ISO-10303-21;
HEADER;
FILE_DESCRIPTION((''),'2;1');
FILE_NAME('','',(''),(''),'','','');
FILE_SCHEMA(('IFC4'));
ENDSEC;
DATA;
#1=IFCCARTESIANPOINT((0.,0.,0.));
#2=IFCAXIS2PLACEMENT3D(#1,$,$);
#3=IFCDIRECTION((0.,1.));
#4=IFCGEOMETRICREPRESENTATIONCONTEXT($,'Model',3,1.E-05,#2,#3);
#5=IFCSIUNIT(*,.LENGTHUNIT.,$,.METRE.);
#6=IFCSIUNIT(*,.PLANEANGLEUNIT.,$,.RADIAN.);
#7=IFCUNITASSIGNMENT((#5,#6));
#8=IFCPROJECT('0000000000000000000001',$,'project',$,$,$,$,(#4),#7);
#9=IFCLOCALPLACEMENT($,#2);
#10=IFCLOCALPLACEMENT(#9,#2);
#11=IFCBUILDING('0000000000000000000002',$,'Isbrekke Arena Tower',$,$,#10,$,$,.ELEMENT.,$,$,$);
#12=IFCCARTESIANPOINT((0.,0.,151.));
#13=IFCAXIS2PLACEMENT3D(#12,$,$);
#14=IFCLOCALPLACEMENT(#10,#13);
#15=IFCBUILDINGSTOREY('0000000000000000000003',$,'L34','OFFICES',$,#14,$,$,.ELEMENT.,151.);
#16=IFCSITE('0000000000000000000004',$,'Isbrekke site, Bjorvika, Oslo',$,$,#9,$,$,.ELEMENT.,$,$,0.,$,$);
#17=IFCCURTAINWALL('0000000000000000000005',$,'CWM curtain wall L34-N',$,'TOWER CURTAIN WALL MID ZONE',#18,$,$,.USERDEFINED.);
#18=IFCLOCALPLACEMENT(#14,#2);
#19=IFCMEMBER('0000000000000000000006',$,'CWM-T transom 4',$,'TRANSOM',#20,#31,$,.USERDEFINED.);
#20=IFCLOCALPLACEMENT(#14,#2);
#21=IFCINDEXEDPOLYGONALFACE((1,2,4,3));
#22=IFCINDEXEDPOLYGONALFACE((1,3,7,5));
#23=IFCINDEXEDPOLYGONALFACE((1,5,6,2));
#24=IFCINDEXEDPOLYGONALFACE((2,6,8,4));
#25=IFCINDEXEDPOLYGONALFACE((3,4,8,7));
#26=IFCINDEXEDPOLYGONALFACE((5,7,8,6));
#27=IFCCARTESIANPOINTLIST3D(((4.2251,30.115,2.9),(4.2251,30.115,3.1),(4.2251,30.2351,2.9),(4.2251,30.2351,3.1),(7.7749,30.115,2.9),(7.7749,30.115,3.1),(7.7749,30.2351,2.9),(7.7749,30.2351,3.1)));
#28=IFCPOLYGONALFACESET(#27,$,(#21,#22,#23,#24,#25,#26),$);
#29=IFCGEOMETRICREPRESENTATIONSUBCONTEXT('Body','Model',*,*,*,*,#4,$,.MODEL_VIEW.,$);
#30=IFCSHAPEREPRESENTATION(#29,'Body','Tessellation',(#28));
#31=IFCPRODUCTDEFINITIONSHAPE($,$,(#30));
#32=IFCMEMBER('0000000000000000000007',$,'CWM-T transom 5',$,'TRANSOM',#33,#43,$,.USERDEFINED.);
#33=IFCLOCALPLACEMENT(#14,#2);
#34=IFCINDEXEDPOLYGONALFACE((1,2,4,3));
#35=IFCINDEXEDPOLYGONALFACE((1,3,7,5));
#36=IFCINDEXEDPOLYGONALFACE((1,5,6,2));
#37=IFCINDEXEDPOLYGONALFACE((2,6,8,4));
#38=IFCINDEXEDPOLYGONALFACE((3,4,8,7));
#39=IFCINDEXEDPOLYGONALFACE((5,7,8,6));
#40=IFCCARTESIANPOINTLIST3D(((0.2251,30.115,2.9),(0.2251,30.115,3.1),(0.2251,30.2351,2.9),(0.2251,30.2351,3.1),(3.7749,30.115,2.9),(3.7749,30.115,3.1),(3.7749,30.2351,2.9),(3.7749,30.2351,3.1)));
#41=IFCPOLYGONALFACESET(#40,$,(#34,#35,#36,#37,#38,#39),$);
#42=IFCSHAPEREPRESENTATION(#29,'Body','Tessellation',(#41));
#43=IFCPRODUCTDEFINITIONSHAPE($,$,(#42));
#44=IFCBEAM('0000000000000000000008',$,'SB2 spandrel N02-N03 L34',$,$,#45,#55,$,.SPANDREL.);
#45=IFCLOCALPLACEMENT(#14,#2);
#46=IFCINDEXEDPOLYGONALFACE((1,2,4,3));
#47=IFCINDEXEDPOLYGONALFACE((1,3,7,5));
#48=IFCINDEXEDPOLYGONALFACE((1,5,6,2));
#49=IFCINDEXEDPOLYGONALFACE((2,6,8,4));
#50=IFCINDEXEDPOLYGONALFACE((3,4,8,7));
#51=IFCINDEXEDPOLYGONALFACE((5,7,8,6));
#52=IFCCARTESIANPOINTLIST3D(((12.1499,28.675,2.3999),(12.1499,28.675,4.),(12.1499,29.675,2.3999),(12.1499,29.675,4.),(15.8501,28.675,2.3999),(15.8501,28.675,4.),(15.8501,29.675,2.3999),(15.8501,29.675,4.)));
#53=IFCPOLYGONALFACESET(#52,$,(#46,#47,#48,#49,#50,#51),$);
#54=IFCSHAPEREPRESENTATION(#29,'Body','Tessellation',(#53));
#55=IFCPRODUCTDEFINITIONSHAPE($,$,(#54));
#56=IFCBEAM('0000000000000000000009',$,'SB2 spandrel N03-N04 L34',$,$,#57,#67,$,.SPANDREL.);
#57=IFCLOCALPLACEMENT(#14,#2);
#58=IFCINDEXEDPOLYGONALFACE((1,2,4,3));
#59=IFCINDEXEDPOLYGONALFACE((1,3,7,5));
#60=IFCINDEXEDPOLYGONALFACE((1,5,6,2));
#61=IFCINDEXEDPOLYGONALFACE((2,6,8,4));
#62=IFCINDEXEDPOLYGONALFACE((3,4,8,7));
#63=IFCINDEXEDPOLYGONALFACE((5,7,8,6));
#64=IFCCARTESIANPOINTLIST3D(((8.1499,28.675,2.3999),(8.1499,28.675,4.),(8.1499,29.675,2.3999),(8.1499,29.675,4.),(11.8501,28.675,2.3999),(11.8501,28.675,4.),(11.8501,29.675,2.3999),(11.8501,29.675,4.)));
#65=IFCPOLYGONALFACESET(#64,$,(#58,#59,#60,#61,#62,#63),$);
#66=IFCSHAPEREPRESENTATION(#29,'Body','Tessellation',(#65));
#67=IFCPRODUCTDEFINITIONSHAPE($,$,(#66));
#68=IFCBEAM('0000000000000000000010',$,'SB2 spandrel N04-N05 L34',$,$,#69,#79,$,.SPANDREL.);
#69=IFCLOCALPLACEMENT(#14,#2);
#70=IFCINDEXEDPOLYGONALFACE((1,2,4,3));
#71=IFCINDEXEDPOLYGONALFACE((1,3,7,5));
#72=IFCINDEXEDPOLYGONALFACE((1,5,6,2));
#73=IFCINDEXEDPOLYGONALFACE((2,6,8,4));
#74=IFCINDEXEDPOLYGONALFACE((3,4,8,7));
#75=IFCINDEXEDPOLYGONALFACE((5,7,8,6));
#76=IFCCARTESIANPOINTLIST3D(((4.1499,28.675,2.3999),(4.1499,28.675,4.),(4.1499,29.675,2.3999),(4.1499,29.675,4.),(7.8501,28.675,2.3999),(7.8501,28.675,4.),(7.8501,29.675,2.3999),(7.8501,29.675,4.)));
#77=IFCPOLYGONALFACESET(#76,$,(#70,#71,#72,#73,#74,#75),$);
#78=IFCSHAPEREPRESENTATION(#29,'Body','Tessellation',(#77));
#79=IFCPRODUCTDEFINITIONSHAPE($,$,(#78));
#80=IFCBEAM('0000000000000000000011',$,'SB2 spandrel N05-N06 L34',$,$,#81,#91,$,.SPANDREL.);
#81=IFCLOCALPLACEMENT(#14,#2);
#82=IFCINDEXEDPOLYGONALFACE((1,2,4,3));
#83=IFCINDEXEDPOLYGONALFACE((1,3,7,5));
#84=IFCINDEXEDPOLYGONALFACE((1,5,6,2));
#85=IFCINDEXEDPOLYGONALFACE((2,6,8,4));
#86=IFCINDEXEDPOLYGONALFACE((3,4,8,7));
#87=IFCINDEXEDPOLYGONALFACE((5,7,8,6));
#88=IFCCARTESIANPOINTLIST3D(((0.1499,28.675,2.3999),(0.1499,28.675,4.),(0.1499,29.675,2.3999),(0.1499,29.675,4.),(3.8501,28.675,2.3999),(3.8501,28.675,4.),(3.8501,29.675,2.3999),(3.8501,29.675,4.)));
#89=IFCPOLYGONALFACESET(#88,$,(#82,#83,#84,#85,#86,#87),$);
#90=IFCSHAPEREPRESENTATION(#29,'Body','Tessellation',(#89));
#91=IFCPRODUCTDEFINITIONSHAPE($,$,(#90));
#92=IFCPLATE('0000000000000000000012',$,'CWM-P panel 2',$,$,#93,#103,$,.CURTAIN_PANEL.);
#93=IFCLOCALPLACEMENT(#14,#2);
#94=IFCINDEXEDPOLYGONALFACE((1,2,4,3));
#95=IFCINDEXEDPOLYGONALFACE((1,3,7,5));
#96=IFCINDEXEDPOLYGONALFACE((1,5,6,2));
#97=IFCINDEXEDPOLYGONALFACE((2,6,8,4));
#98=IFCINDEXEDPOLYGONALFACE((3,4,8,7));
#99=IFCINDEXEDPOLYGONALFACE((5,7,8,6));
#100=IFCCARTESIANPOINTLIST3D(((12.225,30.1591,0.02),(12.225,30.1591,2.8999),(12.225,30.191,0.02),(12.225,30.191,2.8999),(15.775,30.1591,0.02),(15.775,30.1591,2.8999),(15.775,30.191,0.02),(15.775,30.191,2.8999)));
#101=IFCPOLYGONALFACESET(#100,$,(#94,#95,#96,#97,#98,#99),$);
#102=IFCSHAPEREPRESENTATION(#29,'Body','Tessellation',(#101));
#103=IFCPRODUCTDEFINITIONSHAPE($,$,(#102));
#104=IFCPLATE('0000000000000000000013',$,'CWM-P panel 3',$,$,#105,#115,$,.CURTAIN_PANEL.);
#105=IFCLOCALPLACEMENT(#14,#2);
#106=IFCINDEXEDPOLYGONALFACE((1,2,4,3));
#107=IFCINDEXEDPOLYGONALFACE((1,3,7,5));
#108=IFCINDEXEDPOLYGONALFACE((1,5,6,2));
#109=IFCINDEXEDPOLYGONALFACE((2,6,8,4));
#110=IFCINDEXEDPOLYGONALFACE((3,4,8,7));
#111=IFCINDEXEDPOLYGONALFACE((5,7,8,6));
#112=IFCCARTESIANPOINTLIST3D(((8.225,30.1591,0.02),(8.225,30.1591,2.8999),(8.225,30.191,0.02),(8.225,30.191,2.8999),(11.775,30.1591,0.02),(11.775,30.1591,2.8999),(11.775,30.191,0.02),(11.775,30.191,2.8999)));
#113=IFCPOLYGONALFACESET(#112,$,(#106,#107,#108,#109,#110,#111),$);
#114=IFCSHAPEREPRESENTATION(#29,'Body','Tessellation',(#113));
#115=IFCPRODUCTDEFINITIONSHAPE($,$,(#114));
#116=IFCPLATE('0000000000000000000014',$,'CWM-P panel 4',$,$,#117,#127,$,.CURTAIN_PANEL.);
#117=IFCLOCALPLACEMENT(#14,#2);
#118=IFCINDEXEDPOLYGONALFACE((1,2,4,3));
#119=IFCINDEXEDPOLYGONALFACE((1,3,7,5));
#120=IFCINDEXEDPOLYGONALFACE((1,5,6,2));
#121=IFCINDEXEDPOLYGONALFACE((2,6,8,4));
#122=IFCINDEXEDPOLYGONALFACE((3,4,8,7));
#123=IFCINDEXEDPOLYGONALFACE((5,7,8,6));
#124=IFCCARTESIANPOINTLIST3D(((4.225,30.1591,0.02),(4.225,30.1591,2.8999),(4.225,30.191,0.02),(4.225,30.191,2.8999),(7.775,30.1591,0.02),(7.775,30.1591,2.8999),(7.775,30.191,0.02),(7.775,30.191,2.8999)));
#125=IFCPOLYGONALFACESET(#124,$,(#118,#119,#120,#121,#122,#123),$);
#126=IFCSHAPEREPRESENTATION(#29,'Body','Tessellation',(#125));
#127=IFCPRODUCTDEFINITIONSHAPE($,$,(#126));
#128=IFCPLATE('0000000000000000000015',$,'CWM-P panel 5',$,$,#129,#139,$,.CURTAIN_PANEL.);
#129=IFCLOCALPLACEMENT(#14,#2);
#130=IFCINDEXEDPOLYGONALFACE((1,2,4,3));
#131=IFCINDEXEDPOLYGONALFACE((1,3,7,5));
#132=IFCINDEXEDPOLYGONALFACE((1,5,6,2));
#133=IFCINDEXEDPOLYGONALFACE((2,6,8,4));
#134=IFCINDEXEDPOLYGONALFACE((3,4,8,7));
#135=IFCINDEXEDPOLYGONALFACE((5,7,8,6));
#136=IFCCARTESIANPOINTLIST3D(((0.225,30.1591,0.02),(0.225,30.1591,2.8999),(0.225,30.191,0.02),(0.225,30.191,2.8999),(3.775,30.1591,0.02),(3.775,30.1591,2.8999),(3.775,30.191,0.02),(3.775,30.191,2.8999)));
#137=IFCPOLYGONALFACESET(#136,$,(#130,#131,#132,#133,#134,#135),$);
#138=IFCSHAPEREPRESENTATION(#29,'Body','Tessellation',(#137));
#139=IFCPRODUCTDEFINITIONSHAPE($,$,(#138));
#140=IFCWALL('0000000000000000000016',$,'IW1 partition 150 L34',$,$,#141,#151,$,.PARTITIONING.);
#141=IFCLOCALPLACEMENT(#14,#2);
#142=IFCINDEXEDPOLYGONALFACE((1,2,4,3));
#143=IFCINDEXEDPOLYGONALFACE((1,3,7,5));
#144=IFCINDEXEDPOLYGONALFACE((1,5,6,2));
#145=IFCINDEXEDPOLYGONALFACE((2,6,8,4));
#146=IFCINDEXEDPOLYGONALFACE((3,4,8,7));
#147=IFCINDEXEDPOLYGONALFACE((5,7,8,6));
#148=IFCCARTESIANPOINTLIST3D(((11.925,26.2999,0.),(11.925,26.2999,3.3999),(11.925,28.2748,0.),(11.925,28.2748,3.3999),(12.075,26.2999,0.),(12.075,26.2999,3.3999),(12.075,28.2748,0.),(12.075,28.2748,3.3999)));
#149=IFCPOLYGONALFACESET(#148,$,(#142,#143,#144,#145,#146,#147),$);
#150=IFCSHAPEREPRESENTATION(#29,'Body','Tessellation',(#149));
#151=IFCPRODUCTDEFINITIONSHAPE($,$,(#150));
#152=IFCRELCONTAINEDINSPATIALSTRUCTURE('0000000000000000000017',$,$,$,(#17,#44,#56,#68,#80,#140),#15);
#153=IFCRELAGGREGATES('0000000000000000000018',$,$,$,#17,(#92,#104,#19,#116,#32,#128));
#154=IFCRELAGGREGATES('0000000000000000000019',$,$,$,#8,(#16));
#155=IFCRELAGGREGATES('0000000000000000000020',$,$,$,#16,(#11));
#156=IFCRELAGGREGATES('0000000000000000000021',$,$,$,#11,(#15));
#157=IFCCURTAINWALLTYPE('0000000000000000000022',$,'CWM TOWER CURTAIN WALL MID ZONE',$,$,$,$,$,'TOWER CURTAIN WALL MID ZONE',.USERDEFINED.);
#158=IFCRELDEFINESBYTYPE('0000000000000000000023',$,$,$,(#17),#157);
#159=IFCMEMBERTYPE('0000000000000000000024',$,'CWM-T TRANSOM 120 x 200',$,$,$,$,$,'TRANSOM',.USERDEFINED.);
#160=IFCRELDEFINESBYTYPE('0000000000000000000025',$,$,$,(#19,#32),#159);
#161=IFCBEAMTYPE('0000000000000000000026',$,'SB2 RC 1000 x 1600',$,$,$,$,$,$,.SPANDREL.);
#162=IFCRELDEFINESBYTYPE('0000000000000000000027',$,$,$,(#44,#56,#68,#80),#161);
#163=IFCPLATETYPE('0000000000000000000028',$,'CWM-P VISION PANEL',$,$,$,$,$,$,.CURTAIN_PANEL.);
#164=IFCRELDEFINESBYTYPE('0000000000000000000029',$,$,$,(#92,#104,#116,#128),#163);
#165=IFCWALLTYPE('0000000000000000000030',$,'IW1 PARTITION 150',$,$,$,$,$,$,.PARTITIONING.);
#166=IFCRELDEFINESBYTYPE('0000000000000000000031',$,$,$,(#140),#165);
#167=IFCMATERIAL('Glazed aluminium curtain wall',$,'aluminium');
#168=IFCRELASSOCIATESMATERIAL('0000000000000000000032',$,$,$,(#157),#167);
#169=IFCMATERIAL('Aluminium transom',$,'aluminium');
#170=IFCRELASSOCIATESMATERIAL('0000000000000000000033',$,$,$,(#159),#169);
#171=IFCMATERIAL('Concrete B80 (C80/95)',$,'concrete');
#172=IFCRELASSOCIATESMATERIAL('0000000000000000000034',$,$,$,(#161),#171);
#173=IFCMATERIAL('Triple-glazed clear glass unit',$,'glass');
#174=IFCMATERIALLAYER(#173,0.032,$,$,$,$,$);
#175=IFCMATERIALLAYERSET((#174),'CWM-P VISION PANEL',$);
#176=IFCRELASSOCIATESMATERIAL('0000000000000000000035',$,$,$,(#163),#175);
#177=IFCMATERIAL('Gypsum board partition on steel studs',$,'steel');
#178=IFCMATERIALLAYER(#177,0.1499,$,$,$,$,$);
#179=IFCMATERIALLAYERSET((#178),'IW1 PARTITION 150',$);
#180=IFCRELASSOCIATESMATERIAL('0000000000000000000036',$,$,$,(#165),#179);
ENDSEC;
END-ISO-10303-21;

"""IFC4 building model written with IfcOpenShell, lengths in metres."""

from ifc_helpers import new_model, si_unit, direction, frame, frame_2d, origin, origin_2d, place, context, subcontext, project, spatial, rectangle, extrude, material, layer, layer_set, material_profile, profile_set, type_object, element, aggregate, save


model = new_model("IFC4")

# Units and contexts
model_context = context("Model", 3, precision=1e-05, world=origin(), true_north=direction((0.0, 1.0)))
body_context = subcontext(model_context, "Body", "Model", "MODEL_VIEW")
ifc_project = project(units=[si_unit("LENGTHUNIT", "METRE"), si_unit("PLANEANGLEUNIT", "RADIAN")], contexts=[model_context])

# Site, building, storey
site_placement = place(None, origin())
site = spatial("IfcSite", under=ifc_project, at=site_placement, Name="Isbrekke site, Bjorvika, Oslo", CompositionType="ELEMENT", RefElevation=0.0)
building_placement = place(site_placement, origin())
building = spatial("IfcBuilding", under=site, at=building_placement, Name="Isbrekke Arena Tower", CompositionType="ELEMENT")
storey_placement = place(building_placement, frame((0.0, 0.0, 151.0)))
storey = spatial("IfcBuildingStorey", under=building, at=storey_placement, Name="L34", Description="OFFICES", CompositionType="ELEMENT", Elevation=151.0)

# Curtain wall, members
ifc_material_1 = material(Name="Glazed aluminium curtain wall", Category="aluminium")
curtain_wall_type = type_object("IfcCurtainWallType", Name="CWM TOWER CURTAIN WALL MID ZONE", ElementType="TOWER CURTAIN WALL MID ZONE", PredefinedType="USERDEFINED", material=ifc_material_1)
curtain_wall_placement = place(storey_placement, origin())
curtain_wall = element("IfcCurtainWall", 1, at=curtain_wall_placement, inside=storey, type_object=curtain_wall_type, Name="CWM curtain wall L34-N", ObjectType="TOWER CURTAIN WALL MID ZONE", PredefinedType="USERDEFINED")
ifc_material_2 = material(Name="Aluminium transom", Category="aluminium")
ifc_material_profile_1 = material_profile(ifc_material_2, rectangle(XDim=0.1201, YDim=0.2, at=origin_2d()), Name="TRANSOM 120X200")
ifc_profile_set_1 = profile_set([ifc_material_profile_1], Name="Aluminium transom")
member_type_1 = type_object("IfcMemberType", Name="CWM-T TRANSOM 120 x 200", ElementType="TRANSOM", PredefinedType="USERDEFINED", material=ifc_profile_set_1)
member_1_placement = place(storey_placement, frame((7.7749, 30.175, 3.0), z_axis=(-1.0, 0.0, 0.0), x_axis=(0.0, -1.0, 0.0)))
member_1 = element("IfcMember", 2, at=member_1_placement, type_object=member_type_1, Name="CWM-T transom 4", ObjectType="TRANSOM", PredefinedType="USERDEFINED", context=body_context, shape_type="SweptSolid", body=[
    extrude(rectangle(XDim=0.1201, YDim=0.2, at=origin_2d()), origin(), (0.0, 0.0, 1.0), 3.5498),
])
member_2_placement = place(storey_placement, frame((3.7749, 30.175, 3.0), z_axis=(-1.0, 0.0, 0.0), x_axis=(0.0, -1.0, 0.0)))
member_2 = element("IfcMember", 3, at=member_2_placement, type_object=member_type_1, Name="CWM-T transom 5", ObjectType="TRANSOM", PredefinedType="USERDEFINED", context=body_context, shape_type="SweptSolid", body=[
    extrude(rectangle(XDim=0.1201, YDim=0.2, at=origin_2d()), origin(), (0.0, 0.0, 1.0), 3.5498),
])

# Beams
ifc_material_3 = material(Name="Concrete B80 (C80/95)", Category="concrete")
ifc_material_profile_2 = material_profile(ifc_material_3, rectangle(XDim=1.0, YDim=1.6001, at=origin_2d()), Name="RC 1000x1600")
ifc_profile_set_2 = profile_set([ifc_material_profile_2], Name="Concrete B80 (C80/95)")
beam_type_1 = type_object("IfcBeamType", Name="SB2 RC 1000 x 1600", PredefinedType="SPANDREL", material=ifc_profile_set_2)
for number, where, z_axis, x_axis, name in (
    (4, (15.8501, 29.175, 3.2), (-1.0, 0.0, 0.0), (0.0, -1.0, 0.0), "SB2 spandrel N02-N03 L34"),
    (5, (11.8501, 29.175, 3.2), (-1.0, 0.0, 0.0), (0.0, -1.0, 0.0), "SB2 spandrel N03-N04 L34"),
    (6, (7.8501, 29.175, 3.2), (-1.0, 0.0, 0.0), (0.0, -1.0, 0.0), "SB2 spandrel N04-N05 L34"),
    (7, (3.8501, 29.175, 3.2), (-1.0, 0.0, 0.0), (0.0, -1.0, 0.0), "SB2 spandrel N05-N06 L34"),
):
    element("IfcBeam", number, at=place(storey_placement, frame(where, z_axis=z_axis, x_axis=x_axis)), inside=storey, type_object=beam_type_1, Name=name, PredefinedType="SPANDREL", context=body_context, shape_type="SweptSolid", body=[
        extrude(rectangle(XDim=1.0, YDim=1.6001, at=origin_2d()), origin(), (0.0, 0.0, 1.0), 3.7002),
    ])

# Plates
ifc_material_4 = material(Name="Triple-glazed clear glass unit", Category="glass")
ifc_layer_1 = layer(ifc_material_4, 0.032)
ifc_layer_set_1 = layer_set([ifc_layer_1], Name="CWM-P VISION PANEL")
plate_type = type_object("IfcPlateType", Name="CWM-P VISION PANEL", PredefinedType="CURTAIN_PANEL", material=ifc_layer_set_1)
plate_1_placement = place(storey_placement, frame((14.0, 30.175, 0.02), z_axis=(0.0, 0.0, 1.0), x_axis=(-1.0, 0.0, 0.0)))
plate_1 = element("IfcPlate", 8, at=plate_1_placement, type_object=plate_type, Name="CWM-P panel 2", PredefinedType="CURTAIN_PANEL", context=body_context, shape_type="SweptSolid", body=[
    extrude(rectangle(XDim=3.55, YDim=0.032, at=origin_2d()), origin(), (0.0, 0.0, 1.0), 2.8799),
])
plate_2_placement = place(storey_placement, frame((10.0, 30.175, 0.02), z_axis=(0.0, 0.0, 1.0), x_axis=(-1.0, 0.0, 0.0)))
plate_2 = element("IfcPlate", 9, at=plate_2_placement, type_object=plate_type, Name="CWM-P panel 3", PredefinedType="CURTAIN_PANEL", context=body_context, shape_type="SweptSolid", body=[
    extrude(rectangle(XDim=3.55, YDim=0.032, at=origin_2d()), origin(), (0.0, 0.0, 1.0), 2.8799),
])
plate_3_placement = place(storey_placement, frame((6.0, 30.175, 0.02), z_axis=(0.0, 0.0, 1.0), x_axis=(-1.0, 0.0, 0.0)))
plate_3 = element("IfcPlate", 10, at=plate_3_placement, type_object=plate_type, Name="CWM-P panel 4", PredefinedType="CURTAIN_PANEL", context=body_context, shape_type="SweptSolid", body=[
    extrude(rectangle(XDim=3.55, YDim=0.032, at=origin_2d()), origin(), (0.0, 0.0, 1.0), 2.8799),
])
plate_4_placement = place(storey_placement, frame((2.0, 30.175, 0.02), z_axis=(0.0, 0.0, 1.0), x_axis=(-1.0, 0.0, 0.0)))
plate_4 = element("IfcPlate", 11, at=plate_4_placement, type_object=plate_type, Name="CWM-P panel 5", PredefinedType="CURTAIN_PANEL", context=body_context, shape_type="SweptSolid", body=[
    extrude(rectangle(XDim=3.55, YDim=0.032, at=origin_2d()), origin(), (0.0, 0.0, 1.0), 2.8799),
])
aggregate(curtain_wall, [plate_1, plate_2, member_1, plate_3, member_2, plate_4])

# Wall
ifc_material_5 = material(Name="Gypsum board partition on steel studs", Category="steel")
ifc_layer_2 = layer(ifc_material_5, 0.1499)
ifc_layer_set_2 = layer_set([ifc_layer_2], Name="IW1 PARTITION 150")
wall_type = type_object("IfcWallType", Name="IW1 PARTITION 150", PredefinedType="PARTITIONING", material=ifc_layer_set_2)
wall_placement = place(storey_placement, frame((12.0, 26.3, 0.0), z_axis=(0.0, 0.0, 1.0), x_axis=(0.0, 1.0, 0.0)))
element("IfcWall", 12, at=wall_placement, inside=storey, type_object=wall_type, Name="IW1 partition 150 L34", PredefinedType="PARTITIONING", context=body_context, shape_type="SweptSolid", body=[
    extrude(rectangle(XDim=1.9749, YDim=0.1499, at=frame_2d((0.9873, 0.0))), origin(), (0.0, 0.0, 1.0), 3.3999),
])

save(model, "model.ifc")
